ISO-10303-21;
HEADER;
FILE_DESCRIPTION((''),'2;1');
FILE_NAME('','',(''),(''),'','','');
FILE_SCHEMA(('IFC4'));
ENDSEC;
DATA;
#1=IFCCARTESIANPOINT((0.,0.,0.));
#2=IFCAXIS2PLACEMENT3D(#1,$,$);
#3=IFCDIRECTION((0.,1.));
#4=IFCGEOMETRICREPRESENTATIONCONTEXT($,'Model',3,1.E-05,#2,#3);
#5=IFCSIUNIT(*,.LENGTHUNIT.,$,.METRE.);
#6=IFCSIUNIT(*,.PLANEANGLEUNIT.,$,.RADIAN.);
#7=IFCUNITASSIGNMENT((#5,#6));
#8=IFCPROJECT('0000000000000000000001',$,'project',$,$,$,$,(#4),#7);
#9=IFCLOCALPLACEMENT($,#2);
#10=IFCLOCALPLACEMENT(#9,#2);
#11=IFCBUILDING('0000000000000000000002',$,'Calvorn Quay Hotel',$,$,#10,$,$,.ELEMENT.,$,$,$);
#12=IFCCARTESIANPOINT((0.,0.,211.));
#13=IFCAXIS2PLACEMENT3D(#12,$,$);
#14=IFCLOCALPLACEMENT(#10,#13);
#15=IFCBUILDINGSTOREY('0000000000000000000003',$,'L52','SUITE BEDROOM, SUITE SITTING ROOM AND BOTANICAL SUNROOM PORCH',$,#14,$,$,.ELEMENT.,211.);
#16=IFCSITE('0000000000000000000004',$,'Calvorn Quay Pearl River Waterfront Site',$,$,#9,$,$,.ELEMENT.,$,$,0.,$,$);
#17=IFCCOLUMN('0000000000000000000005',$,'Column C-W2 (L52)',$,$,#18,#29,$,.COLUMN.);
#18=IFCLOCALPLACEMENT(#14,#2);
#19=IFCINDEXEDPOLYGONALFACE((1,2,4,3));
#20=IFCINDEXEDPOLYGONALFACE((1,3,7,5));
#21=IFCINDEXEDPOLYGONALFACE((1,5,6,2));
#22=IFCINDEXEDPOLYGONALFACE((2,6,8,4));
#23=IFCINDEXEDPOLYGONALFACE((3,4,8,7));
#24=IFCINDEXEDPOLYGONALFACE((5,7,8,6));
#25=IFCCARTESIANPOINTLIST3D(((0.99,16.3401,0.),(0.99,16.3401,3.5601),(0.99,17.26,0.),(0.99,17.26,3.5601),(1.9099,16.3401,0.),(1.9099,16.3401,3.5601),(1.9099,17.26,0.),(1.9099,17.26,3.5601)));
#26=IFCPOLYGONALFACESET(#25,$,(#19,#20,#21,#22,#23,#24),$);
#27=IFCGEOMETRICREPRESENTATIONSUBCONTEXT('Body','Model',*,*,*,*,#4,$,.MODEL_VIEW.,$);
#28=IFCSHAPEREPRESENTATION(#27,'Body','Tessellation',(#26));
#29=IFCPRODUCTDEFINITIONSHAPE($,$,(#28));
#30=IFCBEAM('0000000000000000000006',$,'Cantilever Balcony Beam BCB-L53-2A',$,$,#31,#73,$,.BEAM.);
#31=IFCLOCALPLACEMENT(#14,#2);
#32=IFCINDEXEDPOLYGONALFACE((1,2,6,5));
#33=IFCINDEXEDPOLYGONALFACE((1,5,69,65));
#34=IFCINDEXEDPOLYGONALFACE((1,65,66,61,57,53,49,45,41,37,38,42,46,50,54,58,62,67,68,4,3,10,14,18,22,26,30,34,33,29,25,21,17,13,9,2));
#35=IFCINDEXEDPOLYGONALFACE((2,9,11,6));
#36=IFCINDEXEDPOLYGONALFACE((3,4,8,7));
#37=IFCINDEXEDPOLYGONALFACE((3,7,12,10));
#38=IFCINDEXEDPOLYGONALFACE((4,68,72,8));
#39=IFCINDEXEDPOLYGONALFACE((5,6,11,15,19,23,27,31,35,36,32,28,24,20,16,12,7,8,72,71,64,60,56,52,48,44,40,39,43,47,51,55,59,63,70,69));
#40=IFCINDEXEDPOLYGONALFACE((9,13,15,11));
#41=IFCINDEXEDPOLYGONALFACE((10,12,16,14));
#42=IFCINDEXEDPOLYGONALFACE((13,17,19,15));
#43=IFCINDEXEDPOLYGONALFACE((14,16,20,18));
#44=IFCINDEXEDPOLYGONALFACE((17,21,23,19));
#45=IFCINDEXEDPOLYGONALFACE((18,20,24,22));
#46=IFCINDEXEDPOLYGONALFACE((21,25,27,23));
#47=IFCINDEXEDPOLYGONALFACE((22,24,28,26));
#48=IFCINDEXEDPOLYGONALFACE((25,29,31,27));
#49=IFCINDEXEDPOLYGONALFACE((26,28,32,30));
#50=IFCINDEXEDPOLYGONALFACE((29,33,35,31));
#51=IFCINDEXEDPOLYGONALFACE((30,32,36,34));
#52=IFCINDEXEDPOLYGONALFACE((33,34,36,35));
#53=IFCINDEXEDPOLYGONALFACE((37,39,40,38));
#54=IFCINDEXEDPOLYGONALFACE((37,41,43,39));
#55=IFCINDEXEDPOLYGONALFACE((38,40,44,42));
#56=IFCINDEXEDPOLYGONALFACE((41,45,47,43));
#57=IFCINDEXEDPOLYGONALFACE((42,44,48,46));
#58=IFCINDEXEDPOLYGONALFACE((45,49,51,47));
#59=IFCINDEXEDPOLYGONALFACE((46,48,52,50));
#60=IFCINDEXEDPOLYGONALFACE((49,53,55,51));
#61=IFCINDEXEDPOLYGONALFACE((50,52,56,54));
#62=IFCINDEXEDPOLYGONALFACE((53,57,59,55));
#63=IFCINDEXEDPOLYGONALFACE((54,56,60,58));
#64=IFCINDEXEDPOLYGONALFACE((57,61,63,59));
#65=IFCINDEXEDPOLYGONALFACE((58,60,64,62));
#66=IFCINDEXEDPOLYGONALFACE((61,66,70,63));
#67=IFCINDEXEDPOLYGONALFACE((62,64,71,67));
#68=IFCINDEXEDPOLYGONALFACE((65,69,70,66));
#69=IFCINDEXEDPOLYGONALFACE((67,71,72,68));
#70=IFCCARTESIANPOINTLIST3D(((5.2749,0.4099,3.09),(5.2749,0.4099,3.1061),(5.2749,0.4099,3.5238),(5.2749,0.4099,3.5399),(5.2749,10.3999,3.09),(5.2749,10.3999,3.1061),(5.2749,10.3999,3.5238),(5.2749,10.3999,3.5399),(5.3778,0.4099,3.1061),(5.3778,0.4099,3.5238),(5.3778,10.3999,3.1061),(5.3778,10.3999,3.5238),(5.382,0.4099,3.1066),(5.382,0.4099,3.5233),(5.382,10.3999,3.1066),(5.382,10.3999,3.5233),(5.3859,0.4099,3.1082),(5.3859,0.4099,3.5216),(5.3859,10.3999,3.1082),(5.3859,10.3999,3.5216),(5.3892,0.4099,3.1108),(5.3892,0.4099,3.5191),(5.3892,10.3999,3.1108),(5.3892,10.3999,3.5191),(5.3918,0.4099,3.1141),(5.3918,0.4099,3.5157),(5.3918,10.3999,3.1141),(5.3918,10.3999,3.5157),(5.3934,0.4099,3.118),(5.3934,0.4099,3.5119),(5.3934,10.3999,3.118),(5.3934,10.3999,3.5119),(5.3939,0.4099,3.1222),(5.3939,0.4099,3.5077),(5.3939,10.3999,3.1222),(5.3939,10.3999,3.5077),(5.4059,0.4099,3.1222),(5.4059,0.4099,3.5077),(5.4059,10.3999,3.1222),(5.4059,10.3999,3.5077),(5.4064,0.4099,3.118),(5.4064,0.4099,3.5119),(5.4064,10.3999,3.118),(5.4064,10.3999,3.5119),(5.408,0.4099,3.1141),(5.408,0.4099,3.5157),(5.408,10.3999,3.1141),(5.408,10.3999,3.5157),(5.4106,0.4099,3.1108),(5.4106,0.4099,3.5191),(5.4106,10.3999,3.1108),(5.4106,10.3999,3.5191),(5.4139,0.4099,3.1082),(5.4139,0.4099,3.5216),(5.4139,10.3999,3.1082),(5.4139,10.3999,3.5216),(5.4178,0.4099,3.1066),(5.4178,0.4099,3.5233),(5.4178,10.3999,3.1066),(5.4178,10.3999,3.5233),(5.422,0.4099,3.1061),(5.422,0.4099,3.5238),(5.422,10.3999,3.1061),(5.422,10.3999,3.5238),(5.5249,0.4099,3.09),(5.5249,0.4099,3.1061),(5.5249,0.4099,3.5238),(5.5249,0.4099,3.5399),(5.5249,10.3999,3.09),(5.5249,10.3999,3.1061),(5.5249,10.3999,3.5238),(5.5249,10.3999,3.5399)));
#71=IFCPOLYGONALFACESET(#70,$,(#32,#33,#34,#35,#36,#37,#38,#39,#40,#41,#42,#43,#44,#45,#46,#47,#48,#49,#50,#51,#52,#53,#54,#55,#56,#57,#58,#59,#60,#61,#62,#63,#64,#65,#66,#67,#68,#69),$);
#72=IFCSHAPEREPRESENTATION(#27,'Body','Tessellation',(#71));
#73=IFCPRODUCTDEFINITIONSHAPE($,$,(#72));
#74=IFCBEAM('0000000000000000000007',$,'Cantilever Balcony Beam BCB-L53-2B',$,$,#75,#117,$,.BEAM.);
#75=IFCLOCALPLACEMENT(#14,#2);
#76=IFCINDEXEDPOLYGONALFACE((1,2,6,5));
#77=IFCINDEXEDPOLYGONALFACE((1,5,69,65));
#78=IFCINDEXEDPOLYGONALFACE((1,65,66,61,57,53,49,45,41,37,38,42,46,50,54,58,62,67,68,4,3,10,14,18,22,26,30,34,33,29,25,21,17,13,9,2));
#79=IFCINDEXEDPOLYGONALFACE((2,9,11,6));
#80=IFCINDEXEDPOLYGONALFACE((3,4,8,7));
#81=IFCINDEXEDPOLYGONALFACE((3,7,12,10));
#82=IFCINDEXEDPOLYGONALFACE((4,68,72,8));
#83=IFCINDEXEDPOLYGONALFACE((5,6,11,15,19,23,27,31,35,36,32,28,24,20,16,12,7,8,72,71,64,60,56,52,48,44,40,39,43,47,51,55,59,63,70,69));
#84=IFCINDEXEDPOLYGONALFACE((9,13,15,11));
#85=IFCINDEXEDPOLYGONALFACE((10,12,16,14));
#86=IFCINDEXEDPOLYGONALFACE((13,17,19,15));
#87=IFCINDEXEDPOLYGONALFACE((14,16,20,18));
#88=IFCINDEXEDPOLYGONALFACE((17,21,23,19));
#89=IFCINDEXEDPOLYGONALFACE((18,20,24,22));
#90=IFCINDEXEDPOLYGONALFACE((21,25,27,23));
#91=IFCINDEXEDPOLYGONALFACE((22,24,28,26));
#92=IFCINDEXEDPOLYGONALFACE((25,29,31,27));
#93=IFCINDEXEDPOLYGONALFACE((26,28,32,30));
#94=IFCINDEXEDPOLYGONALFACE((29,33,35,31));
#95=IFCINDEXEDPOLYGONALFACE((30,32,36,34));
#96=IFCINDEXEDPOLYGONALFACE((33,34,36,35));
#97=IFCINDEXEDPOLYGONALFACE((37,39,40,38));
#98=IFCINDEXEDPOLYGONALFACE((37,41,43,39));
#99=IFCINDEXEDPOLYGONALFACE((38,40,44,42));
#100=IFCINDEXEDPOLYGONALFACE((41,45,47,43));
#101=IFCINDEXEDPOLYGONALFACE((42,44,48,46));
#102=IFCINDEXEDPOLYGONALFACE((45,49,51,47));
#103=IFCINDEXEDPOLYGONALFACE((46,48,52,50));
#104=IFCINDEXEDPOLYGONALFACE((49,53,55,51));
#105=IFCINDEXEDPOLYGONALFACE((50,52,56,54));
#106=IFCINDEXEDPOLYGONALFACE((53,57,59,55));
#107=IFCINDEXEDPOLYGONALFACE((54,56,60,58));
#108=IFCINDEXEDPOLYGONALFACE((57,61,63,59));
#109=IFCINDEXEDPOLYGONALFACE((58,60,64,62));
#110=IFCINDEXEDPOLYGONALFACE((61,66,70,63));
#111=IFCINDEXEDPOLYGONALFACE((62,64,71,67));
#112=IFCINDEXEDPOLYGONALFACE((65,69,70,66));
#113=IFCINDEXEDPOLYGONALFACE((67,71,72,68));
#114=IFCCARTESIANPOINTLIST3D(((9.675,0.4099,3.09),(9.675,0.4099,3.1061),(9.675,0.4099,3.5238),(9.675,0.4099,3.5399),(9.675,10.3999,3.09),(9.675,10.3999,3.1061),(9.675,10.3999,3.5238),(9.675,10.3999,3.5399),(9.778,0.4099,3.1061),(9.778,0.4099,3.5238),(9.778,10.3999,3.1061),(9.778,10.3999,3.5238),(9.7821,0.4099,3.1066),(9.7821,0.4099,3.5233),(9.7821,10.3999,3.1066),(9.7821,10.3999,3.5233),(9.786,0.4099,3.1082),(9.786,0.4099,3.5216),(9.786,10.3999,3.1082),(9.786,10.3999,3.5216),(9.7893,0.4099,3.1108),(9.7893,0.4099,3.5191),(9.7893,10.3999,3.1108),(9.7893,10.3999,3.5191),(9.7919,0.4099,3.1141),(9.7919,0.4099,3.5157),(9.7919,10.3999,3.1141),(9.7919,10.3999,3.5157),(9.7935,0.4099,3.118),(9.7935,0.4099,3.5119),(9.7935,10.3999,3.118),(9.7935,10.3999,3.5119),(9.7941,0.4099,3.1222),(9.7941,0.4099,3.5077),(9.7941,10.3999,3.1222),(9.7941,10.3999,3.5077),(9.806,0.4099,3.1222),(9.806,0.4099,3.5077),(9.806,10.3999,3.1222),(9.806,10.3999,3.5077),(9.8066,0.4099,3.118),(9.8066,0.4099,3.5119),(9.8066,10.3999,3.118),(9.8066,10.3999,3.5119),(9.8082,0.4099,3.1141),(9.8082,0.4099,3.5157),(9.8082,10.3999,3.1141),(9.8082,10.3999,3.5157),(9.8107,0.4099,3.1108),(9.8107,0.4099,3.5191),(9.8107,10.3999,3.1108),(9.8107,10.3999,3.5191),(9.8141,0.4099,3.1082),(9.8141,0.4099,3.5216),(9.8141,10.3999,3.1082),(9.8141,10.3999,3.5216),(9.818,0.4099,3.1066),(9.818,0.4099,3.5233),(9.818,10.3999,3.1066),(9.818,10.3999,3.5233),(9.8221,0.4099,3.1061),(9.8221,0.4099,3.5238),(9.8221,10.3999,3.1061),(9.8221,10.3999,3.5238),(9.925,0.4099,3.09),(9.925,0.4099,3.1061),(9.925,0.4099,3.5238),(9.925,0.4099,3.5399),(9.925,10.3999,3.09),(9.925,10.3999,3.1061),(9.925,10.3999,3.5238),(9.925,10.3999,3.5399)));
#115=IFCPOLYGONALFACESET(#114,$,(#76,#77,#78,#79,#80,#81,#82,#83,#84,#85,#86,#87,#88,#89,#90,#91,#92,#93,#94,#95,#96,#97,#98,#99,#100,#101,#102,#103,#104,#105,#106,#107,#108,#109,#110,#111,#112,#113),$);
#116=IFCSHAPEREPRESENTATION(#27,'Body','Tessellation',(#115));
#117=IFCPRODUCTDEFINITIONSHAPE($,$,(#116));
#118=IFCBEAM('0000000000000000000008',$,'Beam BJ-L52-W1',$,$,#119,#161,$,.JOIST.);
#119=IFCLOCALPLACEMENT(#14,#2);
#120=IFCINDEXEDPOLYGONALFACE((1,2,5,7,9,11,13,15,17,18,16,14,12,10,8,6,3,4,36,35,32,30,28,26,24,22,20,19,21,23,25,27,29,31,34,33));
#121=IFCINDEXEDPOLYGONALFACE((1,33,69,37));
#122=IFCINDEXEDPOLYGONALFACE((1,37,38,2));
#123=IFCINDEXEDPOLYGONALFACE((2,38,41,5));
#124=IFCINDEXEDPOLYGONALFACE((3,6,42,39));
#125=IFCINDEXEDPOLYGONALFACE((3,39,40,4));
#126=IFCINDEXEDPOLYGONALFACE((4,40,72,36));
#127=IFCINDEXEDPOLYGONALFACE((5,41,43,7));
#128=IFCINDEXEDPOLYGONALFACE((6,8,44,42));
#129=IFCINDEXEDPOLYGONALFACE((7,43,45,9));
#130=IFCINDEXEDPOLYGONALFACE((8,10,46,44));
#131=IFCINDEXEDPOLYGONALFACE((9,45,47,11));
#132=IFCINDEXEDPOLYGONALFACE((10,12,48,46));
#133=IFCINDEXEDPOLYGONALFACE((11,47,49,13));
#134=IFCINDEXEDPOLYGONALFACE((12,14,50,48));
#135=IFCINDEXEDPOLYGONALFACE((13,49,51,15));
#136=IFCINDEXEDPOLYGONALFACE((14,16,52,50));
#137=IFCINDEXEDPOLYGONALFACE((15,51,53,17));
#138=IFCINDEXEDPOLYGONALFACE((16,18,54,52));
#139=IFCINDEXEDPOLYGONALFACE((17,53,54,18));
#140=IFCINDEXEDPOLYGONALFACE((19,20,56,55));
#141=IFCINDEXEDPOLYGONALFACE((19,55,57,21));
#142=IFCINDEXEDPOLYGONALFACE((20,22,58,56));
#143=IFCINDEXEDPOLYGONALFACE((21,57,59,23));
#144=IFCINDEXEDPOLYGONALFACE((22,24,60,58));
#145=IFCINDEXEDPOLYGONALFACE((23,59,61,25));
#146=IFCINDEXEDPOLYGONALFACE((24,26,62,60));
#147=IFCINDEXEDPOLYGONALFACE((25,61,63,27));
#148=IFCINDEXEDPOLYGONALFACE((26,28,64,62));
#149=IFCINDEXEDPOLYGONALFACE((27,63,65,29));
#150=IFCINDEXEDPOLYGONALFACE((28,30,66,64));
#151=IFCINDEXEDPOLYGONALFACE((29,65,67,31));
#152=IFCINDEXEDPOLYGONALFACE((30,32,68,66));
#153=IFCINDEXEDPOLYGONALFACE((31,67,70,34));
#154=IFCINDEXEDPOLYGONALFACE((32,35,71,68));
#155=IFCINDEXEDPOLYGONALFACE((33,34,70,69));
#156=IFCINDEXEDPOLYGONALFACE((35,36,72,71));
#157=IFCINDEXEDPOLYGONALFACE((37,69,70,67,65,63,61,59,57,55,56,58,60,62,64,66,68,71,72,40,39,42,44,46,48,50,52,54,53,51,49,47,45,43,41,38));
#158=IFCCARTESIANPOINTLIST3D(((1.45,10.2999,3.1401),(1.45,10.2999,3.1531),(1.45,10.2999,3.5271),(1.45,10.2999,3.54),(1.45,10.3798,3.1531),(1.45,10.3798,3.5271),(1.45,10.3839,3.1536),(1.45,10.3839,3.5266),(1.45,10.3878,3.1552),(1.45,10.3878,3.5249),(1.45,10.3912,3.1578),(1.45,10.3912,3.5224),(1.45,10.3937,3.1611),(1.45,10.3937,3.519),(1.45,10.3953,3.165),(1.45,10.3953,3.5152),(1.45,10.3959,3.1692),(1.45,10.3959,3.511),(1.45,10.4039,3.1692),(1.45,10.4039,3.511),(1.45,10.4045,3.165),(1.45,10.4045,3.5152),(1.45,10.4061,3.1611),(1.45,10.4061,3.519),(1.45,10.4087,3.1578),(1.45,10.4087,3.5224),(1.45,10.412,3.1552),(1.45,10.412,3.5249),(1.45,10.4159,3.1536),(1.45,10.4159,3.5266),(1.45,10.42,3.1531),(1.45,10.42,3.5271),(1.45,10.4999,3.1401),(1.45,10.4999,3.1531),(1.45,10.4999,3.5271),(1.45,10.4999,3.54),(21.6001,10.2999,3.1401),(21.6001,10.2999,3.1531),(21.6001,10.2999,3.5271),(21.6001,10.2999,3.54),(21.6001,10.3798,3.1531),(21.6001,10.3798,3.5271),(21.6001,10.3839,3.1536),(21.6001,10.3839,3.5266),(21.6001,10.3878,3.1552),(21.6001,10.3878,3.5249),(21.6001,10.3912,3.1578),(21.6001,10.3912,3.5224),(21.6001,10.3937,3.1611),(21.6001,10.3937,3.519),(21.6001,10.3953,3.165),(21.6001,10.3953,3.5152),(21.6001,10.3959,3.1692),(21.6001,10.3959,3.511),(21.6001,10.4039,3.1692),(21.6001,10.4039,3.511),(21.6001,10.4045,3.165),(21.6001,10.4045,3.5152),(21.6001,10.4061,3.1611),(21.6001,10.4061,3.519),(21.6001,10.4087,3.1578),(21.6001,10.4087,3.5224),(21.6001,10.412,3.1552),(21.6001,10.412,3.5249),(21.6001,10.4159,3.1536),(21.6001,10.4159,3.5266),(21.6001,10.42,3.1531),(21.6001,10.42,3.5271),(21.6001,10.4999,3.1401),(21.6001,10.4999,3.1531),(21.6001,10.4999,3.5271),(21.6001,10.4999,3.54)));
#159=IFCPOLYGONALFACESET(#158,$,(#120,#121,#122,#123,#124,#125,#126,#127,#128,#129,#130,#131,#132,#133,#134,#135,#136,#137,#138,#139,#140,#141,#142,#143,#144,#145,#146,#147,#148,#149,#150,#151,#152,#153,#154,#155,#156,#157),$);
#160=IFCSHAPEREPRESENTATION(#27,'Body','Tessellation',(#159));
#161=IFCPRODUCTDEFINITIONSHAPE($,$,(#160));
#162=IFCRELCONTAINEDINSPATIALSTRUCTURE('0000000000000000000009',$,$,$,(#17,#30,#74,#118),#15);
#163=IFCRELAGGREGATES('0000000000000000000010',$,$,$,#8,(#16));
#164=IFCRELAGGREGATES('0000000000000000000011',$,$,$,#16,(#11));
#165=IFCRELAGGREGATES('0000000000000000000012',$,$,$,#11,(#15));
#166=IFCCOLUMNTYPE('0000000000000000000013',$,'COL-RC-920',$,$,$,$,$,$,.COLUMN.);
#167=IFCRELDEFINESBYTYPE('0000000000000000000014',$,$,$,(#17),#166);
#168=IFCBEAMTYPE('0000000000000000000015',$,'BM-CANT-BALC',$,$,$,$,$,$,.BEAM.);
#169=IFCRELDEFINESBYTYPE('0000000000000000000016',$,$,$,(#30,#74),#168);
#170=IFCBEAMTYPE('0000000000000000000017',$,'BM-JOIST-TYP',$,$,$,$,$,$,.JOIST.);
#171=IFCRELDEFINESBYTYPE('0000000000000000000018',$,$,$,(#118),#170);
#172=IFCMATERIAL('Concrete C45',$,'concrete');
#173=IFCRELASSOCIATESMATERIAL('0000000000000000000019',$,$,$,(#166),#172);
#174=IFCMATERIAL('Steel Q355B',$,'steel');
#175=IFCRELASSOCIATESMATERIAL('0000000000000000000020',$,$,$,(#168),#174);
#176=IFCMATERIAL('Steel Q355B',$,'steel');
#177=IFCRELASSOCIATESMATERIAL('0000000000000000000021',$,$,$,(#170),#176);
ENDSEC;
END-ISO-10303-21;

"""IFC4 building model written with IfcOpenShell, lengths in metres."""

from ifc_helpers import new_model, si_unit, direction, frame, origin, origin_2d, place, context, subcontext, project, spatial, rectangle, i_section, extrude, material, material_profile, profile_set, type_object, element, save


model = new_model("IFC4")

# Units and contexts
model_context = context("Model", 3, precision=1e-05, world=origin(), true_north=direction((0.0, 1.0)))
body_context = subcontext(model_context, "Body", "Model", "MODEL_VIEW")
ifc_project = project(units=[si_unit("LENGTHUNIT", "METRE"), si_unit("PLANEANGLEUNIT", "RADIAN")], contexts=[model_context])

# Site, building, storey
site_placement = place(None, origin())
site = spatial("IfcSite", under=ifc_project, at=site_placement, Name="Calvorn Quay Pearl River Waterfront Site", CompositionType="ELEMENT", RefElevation=0.0)
building_placement = place(site_placement, origin())
building = spatial("IfcBuilding", under=site, at=building_placement, Name="Calvorn Quay Hotel", CompositionType="ELEMENT")
storey_placement = place(building_placement, frame((0.0, 0.0, 211.0)))
storey = spatial("IfcBuildingStorey", under=building, at=storey_placement, Name="L52", Description="SUITE BEDROOM, SUITE SITTING ROOM AND BOTANICAL SUNROOM PORCH", CompositionType="ELEMENT", Elevation=211.0)

# Column
ifc_material_1 = material(Name="Concrete C45", Category="concrete")
ifc_material_profile_1 = material_profile(ifc_material_1, rectangle(XDim=0.9199, YDim=0.9199, at=origin_2d()), Name="RC920x920")
ifc_profile_set_1 = profile_set([ifc_material_profile_1], Name="Concrete C45")
column_type = type_object("IfcColumnType", Name="COL-RC-920", PredefinedType="COLUMN", material=ifc_profile_set_1)
column_placement = place(storey_placement, frame((1.45, 16.8, 0.0), z_axis=(0.0, 0.0, 1.0), x_axis=(1.0, 0.0, 0.0)))
element("IfcColumn", 1, at=column_placement, inside=storey, type_object=column_type, Name="Column C-W2 (L52)", PredefinedType="COLUMN", context=body_context, shape_type="SweptSolid", body=[
    extrude(rectangle(XDim=0.9199, YDim=0.9199, at=origin_2d()), origin(), (0.0, 0.0, 1.0), 3.5601),
])

# Beams
ifc_material_2 = material(Name="Steel Q355B", Category="steel")
ifc_material_profile_2 = material_profile(ifc_material_2, i_section(OverallWidth=0.25, OverallDepth=0.45, WebThickness=0.012, FlangeThickness=0.0161, FilletRadius=0.0161, at=origin_2d()), Name="HN450x250x12x16")
ifc_profile_set_2 = profile_set([ifc_material_profile_2], Name="Steel Q355B")
beam_type_1 = type_object("IfcBeamType", Name="BM-CANT-BALC", PredefinedType="BEAM", material=ifc_profile_set_2)
for number, where, z_axis, x_axis, name in (
    (2, (5.3999, 10.3999, 3.3149), (0.0, -1.0, 0.0), (1.0, 0.0, 0.0), "Cantilever Balcony Beam BCB-L53-2A"),
    (3, (9.8, 10.3999, 3.3149), (0.0, -1.0, 0.0), (1.0, 0.0, 0.0), "Cantilever Balcony Beam BCB-L53-2B"),
):
    element("IfcBeam", number, at=place(storey_placement, frame(where, z_axis=z_axis, x_axis=x_axis)), inside=storey, type_object=beam_type_1, Name=name, PredefinedType="BEAM", context=body_context, shape_type="SweptSolid", body=[
        extrude(i_section(OverallWidth=0.25, OverallDepth=0.45, WebThickness=0.012, FlangeThickness=0.0161, FilletRadius=0.0161, at=origin_2d()), origin(), (0.0, 0.0, 1.0), 9.99),
    ])
ifc_material_3 = material(Name="Steel Q355B", Category="steel")
ifc_material_profile_3 = material_profile(ifc_material_3, i_section(OverallWidth=0.2, OverallDepth=0.3999, WebThickness=0.0081, FlangeThickness=0.0129, FilletRadius=0.0161, at=origin_2d()), Name="HN400x200x8x13")
ifc_profile_set_3 = profile_set([ifc_material_profile_3], Name="Steel Q355B")
beam_type_2 = type_object("IfcBeamType", Name="BM-JOIST-TYP", PredefinedType="JOIST", material=ifc_profile_set_3)
beam_1_placement = place(storey_placement, frame((1.45, 10.3999, 3.3401), z_axis=(1.0, 0.0, 0.0), x_axis=(0.0, 1.0, 0.0)))
element("IfcBeam", 4, at=beam_1_placement, inside=storey, type_object=beam_type_2, Name="Beam BJ-L52-W1", PredefinedType="JOIST", context=body_context, shape_type="SweptSolid", body=[
    extrude(i_section(OverallWidth=0.2, OverallDepth=0.3999, WebThickness=0.0081, FlangeThickness=0.0129, FilletRadius=0.0161, at=origin_2d()), origin(), (0.0, 0.0, 1.0), 20.1501),
])

save(model, "model.ifc")
